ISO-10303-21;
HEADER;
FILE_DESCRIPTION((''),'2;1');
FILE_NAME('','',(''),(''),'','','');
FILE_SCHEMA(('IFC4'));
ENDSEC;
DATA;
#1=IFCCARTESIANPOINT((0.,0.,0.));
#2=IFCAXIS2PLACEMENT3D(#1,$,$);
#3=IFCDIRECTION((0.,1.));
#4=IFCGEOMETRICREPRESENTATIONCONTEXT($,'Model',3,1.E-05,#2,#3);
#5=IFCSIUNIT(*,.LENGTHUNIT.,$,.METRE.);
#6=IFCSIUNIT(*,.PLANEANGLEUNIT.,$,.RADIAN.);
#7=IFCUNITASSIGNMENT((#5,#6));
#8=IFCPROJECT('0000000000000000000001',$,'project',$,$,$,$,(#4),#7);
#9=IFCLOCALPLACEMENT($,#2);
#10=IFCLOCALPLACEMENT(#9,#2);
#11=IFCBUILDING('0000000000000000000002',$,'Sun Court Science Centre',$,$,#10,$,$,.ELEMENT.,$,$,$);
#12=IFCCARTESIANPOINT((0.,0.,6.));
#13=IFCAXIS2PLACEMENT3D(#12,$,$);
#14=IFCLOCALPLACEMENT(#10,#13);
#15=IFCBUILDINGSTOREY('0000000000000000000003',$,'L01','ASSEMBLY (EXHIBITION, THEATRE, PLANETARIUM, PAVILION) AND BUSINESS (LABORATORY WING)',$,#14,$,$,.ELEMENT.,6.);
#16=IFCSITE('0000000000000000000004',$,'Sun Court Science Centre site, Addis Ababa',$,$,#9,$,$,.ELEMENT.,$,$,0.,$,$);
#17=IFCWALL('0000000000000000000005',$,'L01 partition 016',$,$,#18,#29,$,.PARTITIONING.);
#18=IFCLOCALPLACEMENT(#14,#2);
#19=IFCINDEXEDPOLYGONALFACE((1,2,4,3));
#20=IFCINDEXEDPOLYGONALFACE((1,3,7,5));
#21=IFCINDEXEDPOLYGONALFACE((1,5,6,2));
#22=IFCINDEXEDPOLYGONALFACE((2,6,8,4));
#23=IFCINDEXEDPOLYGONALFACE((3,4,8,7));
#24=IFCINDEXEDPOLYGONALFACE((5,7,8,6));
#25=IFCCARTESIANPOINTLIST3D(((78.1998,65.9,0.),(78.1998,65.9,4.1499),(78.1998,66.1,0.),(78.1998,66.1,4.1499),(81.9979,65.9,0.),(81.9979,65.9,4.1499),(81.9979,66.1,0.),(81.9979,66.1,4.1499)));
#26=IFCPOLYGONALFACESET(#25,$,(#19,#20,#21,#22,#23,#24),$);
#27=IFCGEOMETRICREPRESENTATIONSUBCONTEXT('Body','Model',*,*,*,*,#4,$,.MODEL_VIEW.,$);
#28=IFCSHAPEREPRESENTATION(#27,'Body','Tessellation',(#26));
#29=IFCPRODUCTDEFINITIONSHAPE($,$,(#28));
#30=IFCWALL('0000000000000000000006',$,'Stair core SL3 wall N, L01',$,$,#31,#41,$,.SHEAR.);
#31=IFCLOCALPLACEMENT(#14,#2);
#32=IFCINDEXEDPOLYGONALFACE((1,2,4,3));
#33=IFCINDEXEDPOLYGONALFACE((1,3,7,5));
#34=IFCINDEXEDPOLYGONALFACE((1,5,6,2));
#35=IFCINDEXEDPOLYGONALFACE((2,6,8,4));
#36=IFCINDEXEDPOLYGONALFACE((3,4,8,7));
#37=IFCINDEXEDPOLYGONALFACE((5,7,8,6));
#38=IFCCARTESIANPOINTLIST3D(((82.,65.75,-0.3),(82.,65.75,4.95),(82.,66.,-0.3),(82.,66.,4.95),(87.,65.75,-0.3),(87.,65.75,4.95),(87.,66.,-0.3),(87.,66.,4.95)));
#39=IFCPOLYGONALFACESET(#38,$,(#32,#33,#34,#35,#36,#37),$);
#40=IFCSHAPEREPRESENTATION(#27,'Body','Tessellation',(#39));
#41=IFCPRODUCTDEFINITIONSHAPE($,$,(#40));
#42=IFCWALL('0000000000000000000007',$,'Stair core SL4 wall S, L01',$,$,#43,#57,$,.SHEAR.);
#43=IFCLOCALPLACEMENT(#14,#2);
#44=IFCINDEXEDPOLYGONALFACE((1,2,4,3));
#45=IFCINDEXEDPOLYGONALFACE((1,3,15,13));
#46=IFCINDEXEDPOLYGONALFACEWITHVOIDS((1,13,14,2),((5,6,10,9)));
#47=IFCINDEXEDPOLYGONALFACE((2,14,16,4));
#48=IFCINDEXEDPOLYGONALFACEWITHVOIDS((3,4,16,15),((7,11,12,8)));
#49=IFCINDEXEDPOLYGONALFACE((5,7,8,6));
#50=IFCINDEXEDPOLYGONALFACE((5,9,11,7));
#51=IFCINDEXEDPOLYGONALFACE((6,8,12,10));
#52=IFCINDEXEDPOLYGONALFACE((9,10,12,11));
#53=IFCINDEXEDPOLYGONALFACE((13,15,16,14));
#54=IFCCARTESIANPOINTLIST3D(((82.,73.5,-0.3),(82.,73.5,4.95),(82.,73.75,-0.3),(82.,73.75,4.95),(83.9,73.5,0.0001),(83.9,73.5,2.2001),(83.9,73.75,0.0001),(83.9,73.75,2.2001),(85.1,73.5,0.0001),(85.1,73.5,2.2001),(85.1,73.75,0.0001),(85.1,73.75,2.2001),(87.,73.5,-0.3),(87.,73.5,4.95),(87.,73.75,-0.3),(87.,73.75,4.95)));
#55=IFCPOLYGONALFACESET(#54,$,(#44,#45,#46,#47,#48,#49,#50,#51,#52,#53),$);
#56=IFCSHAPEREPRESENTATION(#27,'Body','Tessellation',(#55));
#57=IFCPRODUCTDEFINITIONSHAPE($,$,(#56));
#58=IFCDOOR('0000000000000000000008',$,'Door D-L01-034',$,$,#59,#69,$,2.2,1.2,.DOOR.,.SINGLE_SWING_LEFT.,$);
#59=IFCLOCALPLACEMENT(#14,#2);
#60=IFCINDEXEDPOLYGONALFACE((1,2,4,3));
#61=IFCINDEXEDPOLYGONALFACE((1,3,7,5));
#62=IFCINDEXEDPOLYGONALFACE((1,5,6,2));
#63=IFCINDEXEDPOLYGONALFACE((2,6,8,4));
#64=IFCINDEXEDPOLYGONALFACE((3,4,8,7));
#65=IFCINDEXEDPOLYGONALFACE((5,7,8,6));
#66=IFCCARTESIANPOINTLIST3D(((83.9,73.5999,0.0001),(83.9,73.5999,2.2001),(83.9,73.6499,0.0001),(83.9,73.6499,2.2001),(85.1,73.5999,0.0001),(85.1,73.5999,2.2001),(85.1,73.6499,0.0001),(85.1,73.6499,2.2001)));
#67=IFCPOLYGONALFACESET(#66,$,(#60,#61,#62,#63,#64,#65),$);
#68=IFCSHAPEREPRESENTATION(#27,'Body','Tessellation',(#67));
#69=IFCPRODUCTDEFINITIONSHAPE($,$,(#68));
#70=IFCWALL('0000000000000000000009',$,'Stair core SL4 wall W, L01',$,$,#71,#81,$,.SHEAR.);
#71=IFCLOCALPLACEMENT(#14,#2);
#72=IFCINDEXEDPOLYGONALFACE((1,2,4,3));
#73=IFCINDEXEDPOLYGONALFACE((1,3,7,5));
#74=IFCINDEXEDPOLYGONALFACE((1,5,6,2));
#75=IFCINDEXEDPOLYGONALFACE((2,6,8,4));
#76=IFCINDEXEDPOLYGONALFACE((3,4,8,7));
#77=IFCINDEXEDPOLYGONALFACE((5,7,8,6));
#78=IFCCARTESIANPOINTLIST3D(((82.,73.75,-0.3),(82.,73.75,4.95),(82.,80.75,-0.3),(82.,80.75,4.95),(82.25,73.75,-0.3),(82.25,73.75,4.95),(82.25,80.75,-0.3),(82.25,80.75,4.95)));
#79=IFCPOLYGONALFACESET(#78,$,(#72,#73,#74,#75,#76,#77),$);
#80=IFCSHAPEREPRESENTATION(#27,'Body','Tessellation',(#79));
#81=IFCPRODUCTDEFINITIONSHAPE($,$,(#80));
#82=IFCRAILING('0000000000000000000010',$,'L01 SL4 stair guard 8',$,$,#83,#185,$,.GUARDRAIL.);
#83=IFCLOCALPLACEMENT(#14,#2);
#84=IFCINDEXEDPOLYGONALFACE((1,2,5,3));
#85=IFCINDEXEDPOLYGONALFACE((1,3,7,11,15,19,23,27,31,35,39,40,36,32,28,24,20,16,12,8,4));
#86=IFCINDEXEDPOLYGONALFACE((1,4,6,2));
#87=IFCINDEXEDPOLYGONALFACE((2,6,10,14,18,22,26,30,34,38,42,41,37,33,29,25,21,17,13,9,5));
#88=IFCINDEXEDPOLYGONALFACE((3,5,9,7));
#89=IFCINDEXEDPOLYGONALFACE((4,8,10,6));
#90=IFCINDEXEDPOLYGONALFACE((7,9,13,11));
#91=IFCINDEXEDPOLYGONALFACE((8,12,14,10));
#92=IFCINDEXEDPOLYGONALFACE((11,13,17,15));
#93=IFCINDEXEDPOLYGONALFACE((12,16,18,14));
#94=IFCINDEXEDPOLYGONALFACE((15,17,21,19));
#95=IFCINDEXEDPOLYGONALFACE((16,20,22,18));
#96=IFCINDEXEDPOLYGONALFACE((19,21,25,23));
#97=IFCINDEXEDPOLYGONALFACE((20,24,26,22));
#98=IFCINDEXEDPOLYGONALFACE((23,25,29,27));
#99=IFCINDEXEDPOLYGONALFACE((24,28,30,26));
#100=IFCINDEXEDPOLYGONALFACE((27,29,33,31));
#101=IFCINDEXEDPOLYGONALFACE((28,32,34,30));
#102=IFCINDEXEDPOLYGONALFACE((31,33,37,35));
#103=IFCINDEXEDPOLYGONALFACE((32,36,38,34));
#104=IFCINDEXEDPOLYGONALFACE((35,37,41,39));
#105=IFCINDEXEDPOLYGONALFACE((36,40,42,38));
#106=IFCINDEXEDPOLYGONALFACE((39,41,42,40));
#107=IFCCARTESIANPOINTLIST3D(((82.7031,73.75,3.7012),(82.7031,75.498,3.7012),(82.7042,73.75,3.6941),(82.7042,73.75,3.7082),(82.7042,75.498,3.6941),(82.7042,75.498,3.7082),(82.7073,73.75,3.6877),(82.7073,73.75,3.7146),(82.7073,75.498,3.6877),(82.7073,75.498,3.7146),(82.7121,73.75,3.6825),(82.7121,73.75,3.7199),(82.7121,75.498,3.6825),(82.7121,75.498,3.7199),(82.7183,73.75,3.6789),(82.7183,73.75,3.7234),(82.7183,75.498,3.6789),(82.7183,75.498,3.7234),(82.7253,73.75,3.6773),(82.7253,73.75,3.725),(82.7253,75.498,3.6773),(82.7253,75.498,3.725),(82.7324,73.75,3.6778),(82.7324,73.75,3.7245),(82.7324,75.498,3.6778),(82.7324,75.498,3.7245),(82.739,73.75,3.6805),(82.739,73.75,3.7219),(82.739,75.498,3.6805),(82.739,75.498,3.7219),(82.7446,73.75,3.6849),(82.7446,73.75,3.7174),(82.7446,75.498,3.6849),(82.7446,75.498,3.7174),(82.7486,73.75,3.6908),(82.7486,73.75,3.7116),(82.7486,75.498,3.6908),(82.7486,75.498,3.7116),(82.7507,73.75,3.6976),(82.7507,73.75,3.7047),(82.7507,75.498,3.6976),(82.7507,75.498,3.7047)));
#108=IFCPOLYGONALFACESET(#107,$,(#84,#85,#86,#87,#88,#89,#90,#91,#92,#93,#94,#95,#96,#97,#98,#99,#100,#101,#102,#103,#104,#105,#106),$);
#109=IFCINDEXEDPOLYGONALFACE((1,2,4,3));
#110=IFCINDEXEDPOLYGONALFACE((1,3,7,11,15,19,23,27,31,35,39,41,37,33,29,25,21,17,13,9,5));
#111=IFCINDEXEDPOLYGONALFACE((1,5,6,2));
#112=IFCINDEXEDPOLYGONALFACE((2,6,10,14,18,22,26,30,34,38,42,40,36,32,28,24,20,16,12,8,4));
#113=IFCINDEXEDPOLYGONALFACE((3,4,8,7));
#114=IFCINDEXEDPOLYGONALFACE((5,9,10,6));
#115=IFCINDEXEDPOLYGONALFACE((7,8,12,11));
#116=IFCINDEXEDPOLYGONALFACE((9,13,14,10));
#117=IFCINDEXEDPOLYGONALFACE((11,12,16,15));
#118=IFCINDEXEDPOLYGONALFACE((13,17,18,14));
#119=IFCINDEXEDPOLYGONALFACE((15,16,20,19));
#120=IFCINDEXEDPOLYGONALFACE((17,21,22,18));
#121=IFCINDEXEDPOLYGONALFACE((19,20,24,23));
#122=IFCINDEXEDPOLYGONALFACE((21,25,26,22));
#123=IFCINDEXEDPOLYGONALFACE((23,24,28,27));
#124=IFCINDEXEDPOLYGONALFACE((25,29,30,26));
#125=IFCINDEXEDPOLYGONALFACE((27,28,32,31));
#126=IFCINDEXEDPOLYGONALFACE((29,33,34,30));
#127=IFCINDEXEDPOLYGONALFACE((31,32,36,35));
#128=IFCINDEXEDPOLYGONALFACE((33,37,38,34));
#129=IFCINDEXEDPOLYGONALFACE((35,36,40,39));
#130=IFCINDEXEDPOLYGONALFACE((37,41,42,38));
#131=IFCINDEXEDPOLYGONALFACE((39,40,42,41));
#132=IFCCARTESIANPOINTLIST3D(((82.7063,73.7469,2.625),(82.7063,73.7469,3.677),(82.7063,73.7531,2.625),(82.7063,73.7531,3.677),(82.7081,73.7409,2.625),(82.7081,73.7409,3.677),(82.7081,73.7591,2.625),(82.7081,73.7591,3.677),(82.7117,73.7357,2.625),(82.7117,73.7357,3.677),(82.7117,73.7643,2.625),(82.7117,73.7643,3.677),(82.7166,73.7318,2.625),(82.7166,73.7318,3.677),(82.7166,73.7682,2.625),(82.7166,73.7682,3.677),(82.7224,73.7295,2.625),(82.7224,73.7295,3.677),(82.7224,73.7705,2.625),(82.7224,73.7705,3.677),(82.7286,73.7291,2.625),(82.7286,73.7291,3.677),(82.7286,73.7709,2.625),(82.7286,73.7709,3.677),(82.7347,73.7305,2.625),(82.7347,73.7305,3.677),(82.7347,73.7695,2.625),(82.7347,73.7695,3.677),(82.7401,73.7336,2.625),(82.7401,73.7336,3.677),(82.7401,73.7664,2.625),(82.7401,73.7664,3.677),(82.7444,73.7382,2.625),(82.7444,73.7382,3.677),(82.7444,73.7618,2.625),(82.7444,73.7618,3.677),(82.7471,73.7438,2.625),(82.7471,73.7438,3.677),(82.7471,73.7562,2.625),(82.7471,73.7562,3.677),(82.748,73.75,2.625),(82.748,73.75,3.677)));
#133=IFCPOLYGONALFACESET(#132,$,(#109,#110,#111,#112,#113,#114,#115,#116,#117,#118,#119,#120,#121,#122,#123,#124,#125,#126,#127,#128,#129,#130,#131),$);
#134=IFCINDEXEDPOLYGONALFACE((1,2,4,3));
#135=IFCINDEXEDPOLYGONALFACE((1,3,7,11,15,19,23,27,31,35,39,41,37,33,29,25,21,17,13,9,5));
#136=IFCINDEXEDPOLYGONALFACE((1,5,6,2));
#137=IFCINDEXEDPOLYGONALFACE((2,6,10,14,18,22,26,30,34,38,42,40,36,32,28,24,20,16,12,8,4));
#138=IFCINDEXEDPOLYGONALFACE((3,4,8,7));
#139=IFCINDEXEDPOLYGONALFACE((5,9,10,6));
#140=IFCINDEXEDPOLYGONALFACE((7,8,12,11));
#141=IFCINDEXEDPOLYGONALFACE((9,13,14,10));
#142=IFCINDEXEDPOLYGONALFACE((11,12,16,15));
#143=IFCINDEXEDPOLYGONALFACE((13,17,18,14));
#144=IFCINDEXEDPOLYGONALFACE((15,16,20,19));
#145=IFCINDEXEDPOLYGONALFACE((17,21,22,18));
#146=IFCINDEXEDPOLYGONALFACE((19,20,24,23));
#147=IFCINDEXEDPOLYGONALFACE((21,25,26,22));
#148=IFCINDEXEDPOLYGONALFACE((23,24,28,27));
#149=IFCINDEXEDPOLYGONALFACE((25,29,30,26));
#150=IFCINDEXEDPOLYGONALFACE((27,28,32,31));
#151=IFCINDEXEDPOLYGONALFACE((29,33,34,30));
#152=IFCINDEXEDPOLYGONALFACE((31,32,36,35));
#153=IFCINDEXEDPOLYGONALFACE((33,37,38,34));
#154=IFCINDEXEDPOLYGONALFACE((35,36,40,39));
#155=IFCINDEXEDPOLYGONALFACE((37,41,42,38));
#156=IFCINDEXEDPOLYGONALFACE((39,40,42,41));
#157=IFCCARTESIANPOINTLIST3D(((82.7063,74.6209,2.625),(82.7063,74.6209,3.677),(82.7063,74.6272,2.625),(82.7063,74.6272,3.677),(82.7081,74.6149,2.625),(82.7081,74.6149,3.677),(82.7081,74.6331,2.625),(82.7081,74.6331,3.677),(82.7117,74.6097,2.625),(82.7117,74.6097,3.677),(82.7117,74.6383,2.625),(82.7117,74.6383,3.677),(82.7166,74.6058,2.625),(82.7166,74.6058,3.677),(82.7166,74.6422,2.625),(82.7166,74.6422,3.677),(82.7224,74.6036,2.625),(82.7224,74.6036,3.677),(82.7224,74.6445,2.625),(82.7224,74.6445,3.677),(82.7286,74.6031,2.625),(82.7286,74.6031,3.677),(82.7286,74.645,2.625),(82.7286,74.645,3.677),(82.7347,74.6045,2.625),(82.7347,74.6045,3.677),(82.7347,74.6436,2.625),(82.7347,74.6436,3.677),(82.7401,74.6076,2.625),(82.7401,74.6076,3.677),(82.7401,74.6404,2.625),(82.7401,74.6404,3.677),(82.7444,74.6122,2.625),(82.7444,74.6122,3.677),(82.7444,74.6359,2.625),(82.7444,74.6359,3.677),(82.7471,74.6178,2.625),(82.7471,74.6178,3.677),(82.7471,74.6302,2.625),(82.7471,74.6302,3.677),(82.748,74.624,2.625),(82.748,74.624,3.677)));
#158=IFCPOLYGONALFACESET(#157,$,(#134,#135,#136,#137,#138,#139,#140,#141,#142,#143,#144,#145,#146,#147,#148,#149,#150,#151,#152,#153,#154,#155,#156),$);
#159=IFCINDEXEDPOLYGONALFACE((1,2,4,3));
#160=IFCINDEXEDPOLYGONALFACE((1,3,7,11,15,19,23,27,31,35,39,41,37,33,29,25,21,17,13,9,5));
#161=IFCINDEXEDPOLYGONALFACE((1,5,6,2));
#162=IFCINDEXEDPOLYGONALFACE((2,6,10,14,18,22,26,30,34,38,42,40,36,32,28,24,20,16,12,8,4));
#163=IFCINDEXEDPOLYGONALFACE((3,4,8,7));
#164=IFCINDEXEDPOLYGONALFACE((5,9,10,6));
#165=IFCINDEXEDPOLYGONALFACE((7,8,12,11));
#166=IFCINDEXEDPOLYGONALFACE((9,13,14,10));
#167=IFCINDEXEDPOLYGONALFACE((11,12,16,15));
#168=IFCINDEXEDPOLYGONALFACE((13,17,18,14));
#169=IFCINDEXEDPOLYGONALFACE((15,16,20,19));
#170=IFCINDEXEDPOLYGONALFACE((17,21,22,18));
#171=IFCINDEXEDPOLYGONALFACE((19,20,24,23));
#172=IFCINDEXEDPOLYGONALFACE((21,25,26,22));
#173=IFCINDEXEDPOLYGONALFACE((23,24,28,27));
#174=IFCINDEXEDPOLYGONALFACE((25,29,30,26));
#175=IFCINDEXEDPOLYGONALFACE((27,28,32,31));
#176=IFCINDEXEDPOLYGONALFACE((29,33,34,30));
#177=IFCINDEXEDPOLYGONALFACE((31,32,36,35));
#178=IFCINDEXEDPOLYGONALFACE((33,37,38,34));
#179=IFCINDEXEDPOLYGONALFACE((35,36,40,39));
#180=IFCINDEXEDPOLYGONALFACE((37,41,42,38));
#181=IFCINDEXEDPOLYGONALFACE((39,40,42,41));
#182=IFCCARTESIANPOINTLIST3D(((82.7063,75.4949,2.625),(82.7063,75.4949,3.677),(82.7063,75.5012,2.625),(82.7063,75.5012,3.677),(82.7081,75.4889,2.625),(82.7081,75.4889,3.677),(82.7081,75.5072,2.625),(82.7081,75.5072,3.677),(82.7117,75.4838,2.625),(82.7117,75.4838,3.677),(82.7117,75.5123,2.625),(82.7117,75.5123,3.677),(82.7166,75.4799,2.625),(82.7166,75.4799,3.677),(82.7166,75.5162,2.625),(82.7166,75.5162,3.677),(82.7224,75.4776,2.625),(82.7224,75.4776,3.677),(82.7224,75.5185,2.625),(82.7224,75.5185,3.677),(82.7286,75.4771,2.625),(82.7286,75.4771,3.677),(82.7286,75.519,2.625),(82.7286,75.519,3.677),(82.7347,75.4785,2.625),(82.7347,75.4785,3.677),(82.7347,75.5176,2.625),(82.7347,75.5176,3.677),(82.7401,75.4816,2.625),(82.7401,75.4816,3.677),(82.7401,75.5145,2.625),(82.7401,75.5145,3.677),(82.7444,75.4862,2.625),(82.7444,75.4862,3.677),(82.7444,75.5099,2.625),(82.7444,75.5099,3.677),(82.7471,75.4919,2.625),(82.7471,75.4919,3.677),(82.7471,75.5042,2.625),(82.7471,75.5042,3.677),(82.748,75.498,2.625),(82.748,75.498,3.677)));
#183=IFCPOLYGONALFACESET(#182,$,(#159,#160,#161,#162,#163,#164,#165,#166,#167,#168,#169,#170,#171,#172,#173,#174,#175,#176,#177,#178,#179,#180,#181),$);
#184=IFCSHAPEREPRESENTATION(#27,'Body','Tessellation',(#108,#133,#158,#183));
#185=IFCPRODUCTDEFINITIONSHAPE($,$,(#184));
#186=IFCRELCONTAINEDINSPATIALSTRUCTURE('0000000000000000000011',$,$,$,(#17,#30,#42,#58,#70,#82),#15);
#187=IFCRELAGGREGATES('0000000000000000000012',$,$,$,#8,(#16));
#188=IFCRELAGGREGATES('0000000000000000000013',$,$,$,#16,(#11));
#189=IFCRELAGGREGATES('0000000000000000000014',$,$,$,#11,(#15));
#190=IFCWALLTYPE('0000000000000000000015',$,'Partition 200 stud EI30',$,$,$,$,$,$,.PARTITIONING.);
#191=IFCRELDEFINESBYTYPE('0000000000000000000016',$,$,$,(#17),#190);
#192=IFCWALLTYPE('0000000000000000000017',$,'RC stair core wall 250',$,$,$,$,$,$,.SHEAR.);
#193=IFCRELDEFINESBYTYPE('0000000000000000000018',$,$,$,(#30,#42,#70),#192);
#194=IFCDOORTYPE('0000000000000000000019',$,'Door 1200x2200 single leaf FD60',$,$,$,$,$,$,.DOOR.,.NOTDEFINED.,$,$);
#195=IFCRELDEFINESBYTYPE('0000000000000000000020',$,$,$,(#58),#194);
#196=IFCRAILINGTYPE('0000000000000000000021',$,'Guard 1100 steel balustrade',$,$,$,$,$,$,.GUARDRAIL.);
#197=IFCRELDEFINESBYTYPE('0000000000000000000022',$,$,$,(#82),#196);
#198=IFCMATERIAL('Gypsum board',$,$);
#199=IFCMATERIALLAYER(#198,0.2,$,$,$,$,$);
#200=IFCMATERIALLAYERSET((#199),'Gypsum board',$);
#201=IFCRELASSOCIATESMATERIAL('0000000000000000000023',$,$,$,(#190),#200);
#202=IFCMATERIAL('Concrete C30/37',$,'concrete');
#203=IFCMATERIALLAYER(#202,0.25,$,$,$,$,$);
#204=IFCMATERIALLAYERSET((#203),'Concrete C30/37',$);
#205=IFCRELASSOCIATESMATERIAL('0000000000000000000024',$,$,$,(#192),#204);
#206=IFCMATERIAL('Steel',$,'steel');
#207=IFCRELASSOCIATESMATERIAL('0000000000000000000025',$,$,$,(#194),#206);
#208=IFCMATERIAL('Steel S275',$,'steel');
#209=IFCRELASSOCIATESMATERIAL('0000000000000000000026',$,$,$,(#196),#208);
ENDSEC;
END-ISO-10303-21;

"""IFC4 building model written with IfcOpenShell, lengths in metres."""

from ifc_helpers import new_model, si_unit, direction, frame, frame_2d, origin, origin_2d, place, context, subcontext, project, spatial, rectangle, circle, extrude, material, layer, layer_set, type_object, element, fill, save


model = new_model("IFC4")

# Units and contexts
model_context = context("Model", 3, precision=1e-05, world=origin(), true_north=direction((0.0, 1.0)))
body_context = subcontext(model_context, "Body", "Model", "MODEL_VIEW")
ifc_project = project(units=[si_unit("LENGTHUNIT", "METRE"), si_unit("PLANEANGLEUNIT", "RADIAN")], contexts=[model_context])

# Site, building, storey
site_placement = place(None, origin())
site = spatial("IfcSite", under=ifc_project, at=site_placement, Name="Sun Court Science Centre site, Addis Ababa", CompositionType="ELEMENT", RefElevation=0.0)
building_placement = place(site_placement, origin())
building = spatial("IfcBuilding", under=site, at=building_placement, Name="Sun Court Science Centre", CompositionType="ELEMENT")
storey_placement = place(building_placement, frame((0.0, 0.0, 6.0)))
storey = spatial("IfcBuildingStorey", under=building, at=storey_placement, Name="L01", Description="ASSEMBLY (EXHIBITION, THEATRE, PLANETARIUM, PAVILION) AND BUSINESS (LABORATORY WING)", CompositionType="ELEMENT", Elevation=6.0)

# Walls
ifc_material_1 = material(Name="Gypsum board")
ifc_layer_1 = layer(ifc_material_1, 0.2)
ifc_layer_set_1 = layer_set([ifc_layer_1], Name="Gypsum board")
wall_type_1 = type_object("IfcWallType", Name="Partition 200 stud EI30", PredefinedType="PARTITIONING", material=ifc_layer_set_1)
wall_1_placement = place(storey_placement, frame((78.2, 66.0, 0.0), z_axis=(0.0, 0.0, 1.0), x_axis=(1.0, 0.0, 0.0)))
element("IfcWall", 1, at=wall_1_placement, inside=storey, type_object=wall_type_1, Name="L01 partition 016", PredefinedType="PARTITIONING", context=body_context, shape_type="SweptSolid", body=[
    extrude(rectangle(XDim=3.7981, YDim=0.2, at=frame_2d((1.8989, 0.0))), origin(), (0.0, 0.0, 1.0), 4.1499),
])
ifc_material_2 = material(Name="Concrete C30/37", Category="concrete")
ifc_layer_2 = layer(ifc_material_2, 0.25)
ifc_layer_set_2 = layer_set([ifc_layer_2], Name="Concrete C30/37")
wall_type_2 = type_object("IfcWallType", Name="RC stair core wall 250", PredefinedType="SHEAR", material=ifc_layer_set_2)
wall_2_placement = place(storey_placement, frame((82.0, 65.875, -0.3), z_axis=(0.0, 0.0, 1.0), x_axis=(1.0, 0.0, 0.0)))
element("IfcWall", 2, at=wall_2_placement, inside=storey, type_object=wall_type_2, Name="Stair core SL3 wall N, L01", PredefinedType="SHEAR", context=body_context, shape_type="SweptSolid", body=[
    extrude(rectangle(XDim=5.0, YDim=0.25, at=frame_2d((2.5, 0.0))), origin(), (0.0, 0.0, 1.0), 5.25),
])

# Wall, opening, door
wall_3_placement = place(storey_placement, frame((82.0, 73.625, -0.3), z_axis=(0.0, 0.0, 1.0), x_axis=(1.0, 0.0, 0.0)))
wall_3 = element("IfcWall", 3, at=wall_3_placement, inside=storey, type_object=wall_type_2, Name="Stair core SL4 wall S, L01", PredefinedType="SHEAR", context=body_context, shape_type="SweptSolid", body=[
    extrude(rectangle(XDim=5.0, YDim=0.25, at=frame_2d((2.5, 0.0))), origin(), (0.0, 0.0, 1.0), 5.25),
])
opening_1_placement = place(wall_3_placement, frame((1.8999, 0.0, 0.3)))
opening_1 = element("IfcOpeningElement", 4, at=opening_1_placement, cuts=wall_3, PredefinedType="OPENING", context=body_context, shape_type="SweptSolid", body=[
    extrude(rectangle(XDim=1.2, YDim=2.2, at=frame_2d((0.6001, 1.1001))), frame((0.0, 0.135, 0.0), z_axis=(0.0, -1.0, 0.0), x_axis=(1.0, 0.0, 0.0)), (0.0, 0.0, 1.0), 0.27),
])
ifc_material_3 = material(Name="Steel", Category="steel")
door_type_1 = type_object("IfcDoorType", Name="Door 1200x2200 single leaf FD60", OperationType="NOTDEFINED", PredefinedType="DOOR", material=ifc_material_3)
door_1_placement = place(opening_1_placement, origin())
door_1 = element("IfcDoor", 5, at=door_1_placement, inside=storey, type_object=door_type_1, Name="Door D-L01-034", OperationType="SINGLE_SWING_LEFT", OverallHeight=2.2, OverallWidth=1.2, PredefinedType="DOOR", context=body_context, shape_type="SweptSolid", body=[
    extrude(rectangle(XDim=1.2, YDim=2.2, at=frame_2d((0.6001, 1.1001))), frame((0.0, 0.0249, 0.0), z_axis=(0.0, -1.0, 0.0), x_axis=(1.0, 0.0, 0.0)), (0.0, 0.0, 1.0), 0.05),
])
fill(opening_1, door_1)

# Wall
wall_4_placement = place(storey_placement, frame((82.125, 73.75, -0.3), z_axis=(0.0, 0.0, 1.0), x_axis=(0.0, 1.0, 0.0)))
element("IfcWall", 6, at=wall_4_placement, inside=storey, type_object=wall_type_2, Name="Stair core SL4 wall W, L01", PredefinedType="SHEAR", context=body_context, shape_type="SweptSolid", body=[
    extrude(rectangle(XDim=7.0, YDim=0.25, at=frame_2d((3.5, 0.0))), origin(), (0.0, 0.0, 1.0), 5.25),
])

# Railing
ifc_material_4 = material(Name="Steel S275", Category="steel")
railing_type = type_object("IfcRailingType", Name="Guard 1100 steel balustrade", PredefinedType="GUARDRAIL", material=ifc_material_4)
for number, where, name in (
    (7, (82.7271, 73.75, 2.625), "L01 SL4 stair guard 8"),
):
    element("IfcRailing", number, at=place(storey_placement, frame(where)), inside=storey, type_object=railing_type, Name=name, PredefinedType="GUARDRAIL", context=body_context, shape_type="SweptSolid", body=[
        extrude(circle(Radius=0.0239, at=origin_2d()), frame((0.0, 0.0, 1.0762), z_axis=(0.0, 1.0, 0.0), x_axis=(-1.0, 0.0, 0.0)), (0.0, 0.0, 1.0), 1.748),
        extrude(circle(Radius=0.021, at=origin_2d()), origin(), (0.0, 0.0, 1.0), 1.052),
        extrude(circle(Radius=0.021, at=origin_2d()), frame((0.0, 0.874, 0.0)), (0.0, 0.0, 1.0), 1.052),
        extrude(circle(Radius=0.021, at=origin_2d()), frame((0.0, 1.748, 0.0)), (0.0, 0.0, 1.0), 1.052),
    ])

save(model, "model.ifc")
